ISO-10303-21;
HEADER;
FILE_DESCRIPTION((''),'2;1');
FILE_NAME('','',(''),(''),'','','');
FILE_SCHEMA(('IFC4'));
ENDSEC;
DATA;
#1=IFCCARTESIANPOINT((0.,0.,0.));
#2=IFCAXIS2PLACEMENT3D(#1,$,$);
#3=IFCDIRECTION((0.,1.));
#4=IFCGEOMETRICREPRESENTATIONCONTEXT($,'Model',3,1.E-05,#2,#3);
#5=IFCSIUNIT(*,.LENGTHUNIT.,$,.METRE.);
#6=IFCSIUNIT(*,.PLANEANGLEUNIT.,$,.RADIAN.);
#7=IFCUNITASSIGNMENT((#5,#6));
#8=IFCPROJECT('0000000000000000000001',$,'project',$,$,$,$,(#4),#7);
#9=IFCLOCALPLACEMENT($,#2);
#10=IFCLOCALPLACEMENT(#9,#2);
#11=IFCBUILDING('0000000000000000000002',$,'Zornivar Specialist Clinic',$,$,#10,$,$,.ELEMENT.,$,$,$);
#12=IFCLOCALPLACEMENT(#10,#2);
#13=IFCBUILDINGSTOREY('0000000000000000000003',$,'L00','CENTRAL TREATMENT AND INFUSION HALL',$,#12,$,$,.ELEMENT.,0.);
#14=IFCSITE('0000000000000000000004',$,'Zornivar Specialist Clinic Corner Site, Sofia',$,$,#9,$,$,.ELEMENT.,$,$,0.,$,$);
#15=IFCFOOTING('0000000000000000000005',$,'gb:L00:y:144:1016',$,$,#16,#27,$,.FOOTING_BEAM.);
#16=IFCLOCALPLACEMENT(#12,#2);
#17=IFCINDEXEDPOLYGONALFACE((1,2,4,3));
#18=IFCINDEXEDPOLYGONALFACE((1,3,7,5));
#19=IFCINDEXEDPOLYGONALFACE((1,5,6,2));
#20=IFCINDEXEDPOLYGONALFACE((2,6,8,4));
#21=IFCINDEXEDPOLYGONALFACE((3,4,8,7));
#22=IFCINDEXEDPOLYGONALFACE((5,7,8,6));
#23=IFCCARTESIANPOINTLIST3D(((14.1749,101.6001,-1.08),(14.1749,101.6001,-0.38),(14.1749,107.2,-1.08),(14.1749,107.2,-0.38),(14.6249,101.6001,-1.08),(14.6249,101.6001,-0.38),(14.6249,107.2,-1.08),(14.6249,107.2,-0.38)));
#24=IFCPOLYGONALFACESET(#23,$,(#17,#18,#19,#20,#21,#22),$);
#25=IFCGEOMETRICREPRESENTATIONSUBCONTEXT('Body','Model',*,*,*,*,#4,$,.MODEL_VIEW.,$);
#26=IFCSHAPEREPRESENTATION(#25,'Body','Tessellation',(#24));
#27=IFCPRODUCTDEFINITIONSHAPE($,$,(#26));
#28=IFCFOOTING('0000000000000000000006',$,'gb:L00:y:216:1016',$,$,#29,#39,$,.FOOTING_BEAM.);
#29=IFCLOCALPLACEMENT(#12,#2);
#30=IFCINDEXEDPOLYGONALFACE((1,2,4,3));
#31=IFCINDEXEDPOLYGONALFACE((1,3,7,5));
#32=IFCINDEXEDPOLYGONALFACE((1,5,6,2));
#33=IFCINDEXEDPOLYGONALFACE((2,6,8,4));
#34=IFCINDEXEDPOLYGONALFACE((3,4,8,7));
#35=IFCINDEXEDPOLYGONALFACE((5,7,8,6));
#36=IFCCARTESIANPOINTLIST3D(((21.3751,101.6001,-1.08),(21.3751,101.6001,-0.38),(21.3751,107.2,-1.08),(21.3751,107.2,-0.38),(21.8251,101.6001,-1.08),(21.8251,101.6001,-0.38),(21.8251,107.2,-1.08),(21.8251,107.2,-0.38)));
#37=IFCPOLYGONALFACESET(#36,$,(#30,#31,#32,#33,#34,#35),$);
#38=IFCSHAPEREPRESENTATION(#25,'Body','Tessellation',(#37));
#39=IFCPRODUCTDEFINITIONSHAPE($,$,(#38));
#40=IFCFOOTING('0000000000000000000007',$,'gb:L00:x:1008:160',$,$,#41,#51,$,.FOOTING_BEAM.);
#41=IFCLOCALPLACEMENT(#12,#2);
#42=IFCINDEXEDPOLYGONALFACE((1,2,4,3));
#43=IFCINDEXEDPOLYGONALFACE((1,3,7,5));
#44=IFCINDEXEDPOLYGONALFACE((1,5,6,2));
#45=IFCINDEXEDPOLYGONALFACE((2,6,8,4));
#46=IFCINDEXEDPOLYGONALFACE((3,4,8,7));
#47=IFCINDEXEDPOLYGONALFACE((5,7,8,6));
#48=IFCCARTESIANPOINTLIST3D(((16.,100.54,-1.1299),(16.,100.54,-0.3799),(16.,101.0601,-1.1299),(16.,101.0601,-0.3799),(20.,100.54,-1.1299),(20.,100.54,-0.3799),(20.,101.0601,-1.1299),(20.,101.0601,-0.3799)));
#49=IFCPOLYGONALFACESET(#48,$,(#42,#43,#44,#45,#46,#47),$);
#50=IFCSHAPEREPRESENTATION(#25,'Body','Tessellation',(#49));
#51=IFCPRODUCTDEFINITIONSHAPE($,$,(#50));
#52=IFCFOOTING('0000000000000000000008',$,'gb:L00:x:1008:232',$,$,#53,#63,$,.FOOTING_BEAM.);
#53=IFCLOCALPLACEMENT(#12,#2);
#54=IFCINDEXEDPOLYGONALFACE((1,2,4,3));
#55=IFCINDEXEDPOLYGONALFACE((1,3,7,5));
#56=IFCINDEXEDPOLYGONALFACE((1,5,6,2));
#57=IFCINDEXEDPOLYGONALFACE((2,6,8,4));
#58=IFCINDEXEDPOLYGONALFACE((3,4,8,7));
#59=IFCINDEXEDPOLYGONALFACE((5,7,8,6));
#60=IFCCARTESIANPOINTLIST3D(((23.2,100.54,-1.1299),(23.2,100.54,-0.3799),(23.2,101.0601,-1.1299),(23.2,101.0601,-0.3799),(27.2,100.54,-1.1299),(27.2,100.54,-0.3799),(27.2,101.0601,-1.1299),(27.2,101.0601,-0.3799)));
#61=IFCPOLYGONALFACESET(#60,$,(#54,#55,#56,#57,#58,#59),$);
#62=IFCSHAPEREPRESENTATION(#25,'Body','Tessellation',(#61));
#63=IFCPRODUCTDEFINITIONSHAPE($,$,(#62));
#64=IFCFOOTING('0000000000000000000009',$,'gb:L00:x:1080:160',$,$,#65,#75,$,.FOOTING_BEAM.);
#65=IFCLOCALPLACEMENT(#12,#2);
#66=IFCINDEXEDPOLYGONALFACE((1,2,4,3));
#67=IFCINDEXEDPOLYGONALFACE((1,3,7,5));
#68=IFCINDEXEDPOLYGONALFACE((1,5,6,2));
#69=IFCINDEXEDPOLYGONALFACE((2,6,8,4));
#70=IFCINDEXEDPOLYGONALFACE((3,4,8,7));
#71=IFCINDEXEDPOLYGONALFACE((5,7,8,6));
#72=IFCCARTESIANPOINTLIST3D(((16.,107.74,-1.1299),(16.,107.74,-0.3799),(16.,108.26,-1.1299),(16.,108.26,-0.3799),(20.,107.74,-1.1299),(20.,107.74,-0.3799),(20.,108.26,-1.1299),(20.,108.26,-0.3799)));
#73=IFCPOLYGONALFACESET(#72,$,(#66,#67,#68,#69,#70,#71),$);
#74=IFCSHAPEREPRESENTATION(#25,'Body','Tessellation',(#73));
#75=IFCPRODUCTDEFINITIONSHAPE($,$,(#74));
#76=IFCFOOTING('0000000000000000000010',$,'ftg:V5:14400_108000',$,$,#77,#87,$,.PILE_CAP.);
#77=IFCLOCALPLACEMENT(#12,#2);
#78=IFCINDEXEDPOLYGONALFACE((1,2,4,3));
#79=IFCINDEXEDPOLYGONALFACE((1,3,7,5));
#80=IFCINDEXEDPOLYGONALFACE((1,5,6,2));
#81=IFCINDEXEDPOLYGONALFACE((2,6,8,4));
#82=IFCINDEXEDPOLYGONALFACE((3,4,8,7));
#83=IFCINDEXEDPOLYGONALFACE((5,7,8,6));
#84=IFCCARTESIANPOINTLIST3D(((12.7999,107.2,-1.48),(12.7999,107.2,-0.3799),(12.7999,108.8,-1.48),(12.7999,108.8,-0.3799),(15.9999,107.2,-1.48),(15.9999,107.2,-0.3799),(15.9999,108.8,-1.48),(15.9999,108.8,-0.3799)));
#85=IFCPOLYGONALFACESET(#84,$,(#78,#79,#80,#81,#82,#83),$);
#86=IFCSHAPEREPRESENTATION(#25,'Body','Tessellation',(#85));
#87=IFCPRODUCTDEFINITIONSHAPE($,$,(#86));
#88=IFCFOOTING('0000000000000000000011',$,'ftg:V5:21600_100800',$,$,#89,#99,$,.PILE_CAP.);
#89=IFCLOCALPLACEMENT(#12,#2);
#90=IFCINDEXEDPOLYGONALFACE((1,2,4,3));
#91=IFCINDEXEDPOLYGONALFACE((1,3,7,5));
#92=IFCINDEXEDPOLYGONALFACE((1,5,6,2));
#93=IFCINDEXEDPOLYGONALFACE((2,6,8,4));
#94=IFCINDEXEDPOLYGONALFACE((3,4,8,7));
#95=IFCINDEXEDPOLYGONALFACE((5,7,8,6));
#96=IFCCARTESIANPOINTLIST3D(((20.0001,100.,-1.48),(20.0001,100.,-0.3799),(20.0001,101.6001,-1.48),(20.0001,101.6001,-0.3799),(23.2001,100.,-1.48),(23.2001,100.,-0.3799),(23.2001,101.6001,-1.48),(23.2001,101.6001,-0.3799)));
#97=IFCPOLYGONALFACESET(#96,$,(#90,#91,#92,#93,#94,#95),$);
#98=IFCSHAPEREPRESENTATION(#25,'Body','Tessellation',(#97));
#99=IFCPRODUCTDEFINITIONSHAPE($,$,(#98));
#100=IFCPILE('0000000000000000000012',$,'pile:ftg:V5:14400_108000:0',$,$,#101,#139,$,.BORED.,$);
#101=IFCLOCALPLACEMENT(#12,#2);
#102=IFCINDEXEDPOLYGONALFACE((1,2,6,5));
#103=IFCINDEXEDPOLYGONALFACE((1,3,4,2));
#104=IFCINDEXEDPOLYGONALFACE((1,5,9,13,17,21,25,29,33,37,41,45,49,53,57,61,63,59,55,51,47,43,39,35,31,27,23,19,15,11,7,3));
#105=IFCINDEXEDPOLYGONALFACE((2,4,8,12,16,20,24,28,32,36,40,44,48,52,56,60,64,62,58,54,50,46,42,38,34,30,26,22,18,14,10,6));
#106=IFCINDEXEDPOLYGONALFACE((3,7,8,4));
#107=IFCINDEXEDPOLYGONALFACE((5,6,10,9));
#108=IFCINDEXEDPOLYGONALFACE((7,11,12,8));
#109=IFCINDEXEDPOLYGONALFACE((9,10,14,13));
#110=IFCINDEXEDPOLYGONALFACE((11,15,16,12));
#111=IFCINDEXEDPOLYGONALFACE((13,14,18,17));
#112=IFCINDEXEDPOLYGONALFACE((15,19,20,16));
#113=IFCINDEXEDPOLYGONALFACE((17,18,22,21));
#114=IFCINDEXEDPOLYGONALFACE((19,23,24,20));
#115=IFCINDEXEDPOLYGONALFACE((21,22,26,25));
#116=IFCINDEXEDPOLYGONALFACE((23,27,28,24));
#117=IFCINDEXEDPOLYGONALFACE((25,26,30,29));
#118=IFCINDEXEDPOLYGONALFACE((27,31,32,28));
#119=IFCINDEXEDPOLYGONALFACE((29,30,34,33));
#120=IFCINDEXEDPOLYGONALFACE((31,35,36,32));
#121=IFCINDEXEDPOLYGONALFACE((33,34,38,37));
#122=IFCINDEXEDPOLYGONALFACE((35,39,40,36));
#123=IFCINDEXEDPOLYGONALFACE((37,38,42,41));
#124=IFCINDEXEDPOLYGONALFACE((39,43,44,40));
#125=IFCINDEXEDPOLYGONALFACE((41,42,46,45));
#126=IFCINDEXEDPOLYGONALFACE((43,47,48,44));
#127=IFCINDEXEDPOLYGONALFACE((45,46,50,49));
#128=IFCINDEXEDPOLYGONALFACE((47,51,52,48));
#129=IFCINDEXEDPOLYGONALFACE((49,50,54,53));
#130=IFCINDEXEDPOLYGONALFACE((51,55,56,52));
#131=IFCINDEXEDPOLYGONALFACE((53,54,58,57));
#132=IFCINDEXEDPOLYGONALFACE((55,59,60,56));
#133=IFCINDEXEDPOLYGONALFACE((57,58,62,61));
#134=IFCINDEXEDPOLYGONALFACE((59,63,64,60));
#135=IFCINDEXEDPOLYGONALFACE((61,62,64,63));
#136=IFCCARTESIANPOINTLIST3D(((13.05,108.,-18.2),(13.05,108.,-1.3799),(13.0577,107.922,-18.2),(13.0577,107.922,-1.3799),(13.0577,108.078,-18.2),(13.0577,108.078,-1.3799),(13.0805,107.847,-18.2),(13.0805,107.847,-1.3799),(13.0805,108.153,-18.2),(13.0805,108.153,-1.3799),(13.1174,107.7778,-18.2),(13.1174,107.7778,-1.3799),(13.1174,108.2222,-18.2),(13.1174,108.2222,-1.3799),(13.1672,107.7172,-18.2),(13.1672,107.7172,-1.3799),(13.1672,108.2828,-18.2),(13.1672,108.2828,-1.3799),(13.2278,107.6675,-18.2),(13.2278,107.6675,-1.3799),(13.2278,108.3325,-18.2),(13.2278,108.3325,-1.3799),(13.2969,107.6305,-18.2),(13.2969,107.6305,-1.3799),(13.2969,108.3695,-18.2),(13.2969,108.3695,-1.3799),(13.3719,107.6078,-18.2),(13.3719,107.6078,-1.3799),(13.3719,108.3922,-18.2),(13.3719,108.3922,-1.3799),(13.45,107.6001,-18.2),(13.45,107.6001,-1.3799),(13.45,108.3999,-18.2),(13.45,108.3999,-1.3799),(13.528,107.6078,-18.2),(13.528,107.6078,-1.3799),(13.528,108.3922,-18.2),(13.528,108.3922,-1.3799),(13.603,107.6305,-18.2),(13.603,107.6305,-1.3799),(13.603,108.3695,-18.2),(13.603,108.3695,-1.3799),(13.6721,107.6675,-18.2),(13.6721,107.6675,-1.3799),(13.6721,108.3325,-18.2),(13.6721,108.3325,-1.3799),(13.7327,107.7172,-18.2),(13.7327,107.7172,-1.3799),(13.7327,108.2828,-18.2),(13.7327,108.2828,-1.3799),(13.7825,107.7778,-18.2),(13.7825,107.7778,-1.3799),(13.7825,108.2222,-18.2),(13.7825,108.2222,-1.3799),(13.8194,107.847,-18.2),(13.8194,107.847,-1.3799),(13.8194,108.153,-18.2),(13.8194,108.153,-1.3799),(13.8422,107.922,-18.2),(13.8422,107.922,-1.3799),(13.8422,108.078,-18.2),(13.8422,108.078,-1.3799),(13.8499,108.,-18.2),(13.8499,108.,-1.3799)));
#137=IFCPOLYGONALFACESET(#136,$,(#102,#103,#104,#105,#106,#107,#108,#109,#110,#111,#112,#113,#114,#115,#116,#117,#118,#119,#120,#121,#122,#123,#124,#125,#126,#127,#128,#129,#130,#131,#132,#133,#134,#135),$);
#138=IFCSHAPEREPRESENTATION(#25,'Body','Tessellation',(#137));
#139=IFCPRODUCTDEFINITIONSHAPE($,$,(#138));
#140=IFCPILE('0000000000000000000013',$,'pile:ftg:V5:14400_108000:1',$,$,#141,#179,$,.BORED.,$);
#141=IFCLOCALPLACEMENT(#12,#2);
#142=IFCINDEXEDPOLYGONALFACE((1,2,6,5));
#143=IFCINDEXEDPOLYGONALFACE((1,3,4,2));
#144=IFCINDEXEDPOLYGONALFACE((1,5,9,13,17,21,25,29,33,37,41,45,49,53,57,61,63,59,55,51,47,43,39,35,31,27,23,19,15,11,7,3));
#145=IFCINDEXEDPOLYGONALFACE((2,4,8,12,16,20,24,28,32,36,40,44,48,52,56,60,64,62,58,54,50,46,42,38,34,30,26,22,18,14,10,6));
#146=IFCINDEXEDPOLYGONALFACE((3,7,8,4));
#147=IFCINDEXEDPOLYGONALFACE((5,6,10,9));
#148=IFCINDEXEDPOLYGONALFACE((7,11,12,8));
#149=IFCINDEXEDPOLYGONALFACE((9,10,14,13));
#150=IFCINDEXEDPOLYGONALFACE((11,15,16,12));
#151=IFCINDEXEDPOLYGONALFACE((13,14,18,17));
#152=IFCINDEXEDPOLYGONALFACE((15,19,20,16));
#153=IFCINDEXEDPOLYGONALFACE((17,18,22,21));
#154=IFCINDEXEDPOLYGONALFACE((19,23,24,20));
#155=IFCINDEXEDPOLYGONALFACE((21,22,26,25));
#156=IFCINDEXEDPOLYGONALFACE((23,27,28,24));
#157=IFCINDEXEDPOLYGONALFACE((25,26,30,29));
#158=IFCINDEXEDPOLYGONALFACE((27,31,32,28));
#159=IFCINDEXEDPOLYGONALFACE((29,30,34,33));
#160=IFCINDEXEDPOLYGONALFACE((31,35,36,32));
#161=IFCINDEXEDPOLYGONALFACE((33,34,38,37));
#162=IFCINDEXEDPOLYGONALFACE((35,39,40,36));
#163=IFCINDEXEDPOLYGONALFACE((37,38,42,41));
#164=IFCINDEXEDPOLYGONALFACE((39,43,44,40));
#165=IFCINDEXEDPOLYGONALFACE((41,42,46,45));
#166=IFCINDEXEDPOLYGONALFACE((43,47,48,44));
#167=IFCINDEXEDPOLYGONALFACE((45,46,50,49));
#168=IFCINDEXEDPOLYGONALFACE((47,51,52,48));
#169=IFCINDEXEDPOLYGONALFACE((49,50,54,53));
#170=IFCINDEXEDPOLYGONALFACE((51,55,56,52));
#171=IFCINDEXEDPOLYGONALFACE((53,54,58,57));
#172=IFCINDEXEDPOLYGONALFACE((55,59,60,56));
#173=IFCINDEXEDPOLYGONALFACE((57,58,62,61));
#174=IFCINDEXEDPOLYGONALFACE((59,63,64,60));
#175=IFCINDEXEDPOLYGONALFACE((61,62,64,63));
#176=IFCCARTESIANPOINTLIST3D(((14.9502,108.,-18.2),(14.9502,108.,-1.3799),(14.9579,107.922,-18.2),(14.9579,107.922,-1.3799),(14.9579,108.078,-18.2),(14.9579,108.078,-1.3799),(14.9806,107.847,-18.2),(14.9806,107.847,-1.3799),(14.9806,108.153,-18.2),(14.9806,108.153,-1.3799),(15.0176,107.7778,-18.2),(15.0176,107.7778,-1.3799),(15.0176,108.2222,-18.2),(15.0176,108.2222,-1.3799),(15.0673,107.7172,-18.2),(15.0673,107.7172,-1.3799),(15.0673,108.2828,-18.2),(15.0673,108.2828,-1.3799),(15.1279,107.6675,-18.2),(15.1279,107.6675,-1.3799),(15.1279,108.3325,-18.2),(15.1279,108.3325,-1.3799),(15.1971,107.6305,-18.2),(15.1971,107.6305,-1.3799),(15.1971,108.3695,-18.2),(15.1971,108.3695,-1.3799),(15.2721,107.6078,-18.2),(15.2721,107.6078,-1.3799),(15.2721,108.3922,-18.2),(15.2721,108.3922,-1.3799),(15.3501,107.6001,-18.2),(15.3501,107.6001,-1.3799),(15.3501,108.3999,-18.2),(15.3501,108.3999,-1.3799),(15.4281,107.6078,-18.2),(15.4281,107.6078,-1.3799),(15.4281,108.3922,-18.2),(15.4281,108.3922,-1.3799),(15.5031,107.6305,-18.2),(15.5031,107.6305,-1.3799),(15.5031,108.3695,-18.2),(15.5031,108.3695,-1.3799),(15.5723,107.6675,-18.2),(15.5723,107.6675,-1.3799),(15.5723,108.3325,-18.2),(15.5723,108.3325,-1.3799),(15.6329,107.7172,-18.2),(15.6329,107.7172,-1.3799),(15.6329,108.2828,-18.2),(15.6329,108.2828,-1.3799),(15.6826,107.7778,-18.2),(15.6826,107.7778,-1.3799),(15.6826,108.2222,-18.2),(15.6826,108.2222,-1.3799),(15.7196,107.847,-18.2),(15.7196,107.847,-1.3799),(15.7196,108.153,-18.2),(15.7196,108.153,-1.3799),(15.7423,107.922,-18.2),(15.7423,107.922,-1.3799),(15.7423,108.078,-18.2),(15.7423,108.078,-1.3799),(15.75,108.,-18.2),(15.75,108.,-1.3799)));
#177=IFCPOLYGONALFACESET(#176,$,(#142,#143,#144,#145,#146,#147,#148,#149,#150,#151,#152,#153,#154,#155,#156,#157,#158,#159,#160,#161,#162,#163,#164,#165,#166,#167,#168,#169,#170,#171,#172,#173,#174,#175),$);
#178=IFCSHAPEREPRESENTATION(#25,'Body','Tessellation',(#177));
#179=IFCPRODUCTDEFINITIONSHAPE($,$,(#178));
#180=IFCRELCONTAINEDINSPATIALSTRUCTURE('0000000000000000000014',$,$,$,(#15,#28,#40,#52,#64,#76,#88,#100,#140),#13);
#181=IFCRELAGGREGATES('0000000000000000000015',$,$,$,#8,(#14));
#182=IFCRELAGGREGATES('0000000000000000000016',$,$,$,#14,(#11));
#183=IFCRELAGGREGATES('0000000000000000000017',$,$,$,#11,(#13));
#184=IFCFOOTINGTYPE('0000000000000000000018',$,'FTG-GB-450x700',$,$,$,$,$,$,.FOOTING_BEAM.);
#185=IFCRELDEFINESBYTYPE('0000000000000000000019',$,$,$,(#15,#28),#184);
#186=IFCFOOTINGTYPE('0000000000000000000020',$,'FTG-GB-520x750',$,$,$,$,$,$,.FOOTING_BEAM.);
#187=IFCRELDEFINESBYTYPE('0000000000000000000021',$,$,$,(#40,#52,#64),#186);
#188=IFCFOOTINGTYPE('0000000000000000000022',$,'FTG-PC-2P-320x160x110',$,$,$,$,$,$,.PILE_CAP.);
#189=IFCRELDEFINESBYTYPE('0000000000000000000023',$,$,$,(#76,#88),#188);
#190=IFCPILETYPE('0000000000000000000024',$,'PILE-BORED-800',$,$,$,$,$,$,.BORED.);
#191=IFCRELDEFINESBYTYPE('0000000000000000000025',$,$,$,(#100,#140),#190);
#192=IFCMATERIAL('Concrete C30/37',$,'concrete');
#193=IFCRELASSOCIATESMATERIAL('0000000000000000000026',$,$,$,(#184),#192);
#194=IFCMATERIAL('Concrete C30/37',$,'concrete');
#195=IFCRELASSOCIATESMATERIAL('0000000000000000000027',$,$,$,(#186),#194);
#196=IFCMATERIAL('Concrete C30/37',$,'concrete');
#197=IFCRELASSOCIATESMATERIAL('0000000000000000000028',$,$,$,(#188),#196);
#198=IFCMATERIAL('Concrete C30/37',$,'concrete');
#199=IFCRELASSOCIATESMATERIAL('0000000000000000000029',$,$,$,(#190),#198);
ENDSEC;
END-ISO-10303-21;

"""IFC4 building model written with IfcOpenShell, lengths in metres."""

from ifc_helpers import new_model, si_unit, direction, frame, origin, origin_2d, place, context, subcontext, project, spatial, rectangle, circle, extrude, material, material_profile, profile_set, type_object, element, save


model = new_model("IFC4")

# Units and contexts
model_context = context("Model", 3, precision=1e-05, world=origin(), true_north=direction((0.0, 1.0)))
body_context = subcontext(model_context, "Body", "Model", "MODEL_VIEW")
ifc_project = project(units=[si_unit("LENGTHUNIT", "METRE"), si_unit("PLANEANGLEUNIT", "RADIAN")], contexts=[model_context])

# Site, building, storey
site_placement = place(None, origin())
site = spatial("IfcSite", under=ifc_project, at=site_placement, Name="Zornivar Specialist Clinic Corner Site, Sofia", CompositionType="ELEMENT", RefElevation=0.0)
building_placement = place(site_placement, origin())
building = spatial("IfcBuilding", under=site, at=building_placement, Name="Zornivar Specialist Clinic", CompositionType="ELEMENT")
storey_placement = place(building_placement, origin())
storey = spatial("IfcBuildingStorey", under=building, at=storey_placement, Name="L00", Description="CENTRAL TREATMENT AND INFUSION HALL", CompositionType="ELEMENT", Elevation=0.0)

# Footings
ifc_material_1 = material(Name="Concrete C30/37", Category="concrete")
ifc_material_profile_1 = material_profile(ifc_material_1, rectangle(XDim=0.45, YDim=0.7, at=origin_2d()), Name="RC 450x700")
ifc_profile_set_1 = profile_set([ifc_material_profile_1], Name="Concrete C30/37")
footing_type_1 = type_object("IfcFootingType", Name="FTG-GB-450x700", PredefinedType="FOOTING_BEAM", material=ifc_profile_set_1)
for number, where, z_axis, x_axis, name in (
    (1, (14.3999, 101.6001, -0.73), (0.0, 1.0, 0.0), (-1.0, 0.0, 0.0), "gb:L00:y:144:1016"),
    (2, (21.6001, 101.6001, -0.73), (0.0, 1.0, 0.0), (-1.0, 0.0, 0.0), "gb:L00:y:216:1016"),
):
    element("IfcFooting", number, at=place(storey_placement, frame(where, z_axis=z_axis, x_axis=x_axis)), inside=storey, type_object=footing_type_1, Name=name, PredefinedType="FOOTING_BEAM", context=body_context, shape_type="SweptSolid", body=[
        extrude(rectangle(XDim=0.45, YDim=0.7, at=origin_2d()), origin(), (0.0, 0.0, 1.0), 5.5999),
    ])
ifc_material_2 = material(Name="Concrete C30/37", Category="concrete")
ifc_material_profile_2 = material_profile(ifc_material_2, rectangle(XDim=0.52, YDim=0.75, at=origin_2d()), Name="RC 520x750")
ifc_profile_set_2 = profile_set([ifc_material_profile_2], Name="Concrete C30/37")
footing_type_2 = type_object("IfcFootingType", Name="FTG-GB-520x750", PredefinedType="FOOTING_BEAM", material=ifc_profile_set_2)
for number, where, z_axis, x_axis, name in (
    (3, (16.0, 100.8, -0.7549), (1.0, 0.0, 0.0), (0.0, 1.0, 0.0), "gb:L00:x:1008:160"),
    (4, (23.2, 100.8, -0.7549), (1.0, 0.0, 0.0), (0.0, 1.0, 0.0), "gb:L00:x:1008:232"),
    (5, (16.0, 108.0, -0.7549), (1.0, 0.0, 0.0), (0.0, 1.0, 0.0), "gb:L00:x:1080:160"),
):
    element("IfcFooting", number, at=place(storey_placement, frame(where, z_axis=z_axis, x_axis=x_axis)), inside=storey, type_object=footing_type_2, Name=name, PredefinedType="FOOTING_BEAM", context=body_context, shape_type="SweptSolid", body=[
        extrude(rectangle(XDim=0.52, YDim=0.75, at=origin_2d()), origin(), (0.0, 0.0, 1.0), 4.0),
    ])
ifc_material_3 = material(Name="Concrete C30/37", Category="concrete")
footing_type_3 = type_object("IfcFootingType", Name="FTG-PC-2P-320x160x110", PredefinedType="PILE_CAP", material=ifc_material_3)
for number, where, z_axis, x_axis, name in (
    (6, (14.3999, 108.0, -1.48), (0.0, 0.0, 1.0), (1.0, 0.0, 0.0), "ftg:V5:14400_108000"),
    (7, (21.6001, 100.8, -1.48), (0.0, 0.0, 1.0), (1.0, 0.0, 0.0), "ftg:V5:21600_100800"),
):
    element("IfcFooting", number, at=place(storey_placement, frame(where, z_axis=z_axis, x_axis=x_axis)), inside=storey, type_object=footing_type_3, Name=name, PredefinedType="PILE_CAP", context=body_context, shape_type="SweptSolid", body=[
        extrude(rectangle(XDim=3.2, YDim=1.6001, at=origin_2d()), origin(), (0.0, 0.0, 1.0), 1.1001),
    ])

# Piles
ifc_material_4 = material(Name="Concrete C30/37", Category="concrete")
ifc_material_profile_3 = material_profile(ifc_material_4, circle(Radius=0.3999, at=origin_2d()), Name="PILE D800")
ifc_profile_set_3 = profile_set([ifc_material_profile_3], Name="Concrete C30/37")
pile_type = type_object("IfcPileType", Name="PILE-BORED-800", PredefinedType="BORED", material=ifc_profile_set_3)
for number, where, z_axis, x_axis, name in (
    (8, (13.45, 108.0, -1.3799), (0.0, 0.0, -1.0), (1.0, 0.0, 0.0), "pile:ftg:V5:14400_108000:0"),
    (9, (15.3501, 108.0, -1.3799), (0.0, 0.0, -1.0), (1.0, 0.0, 0.0), "pile:ftg:V5:14400_108000:1"),
):
    element("IfcPile", number, at=place(storey_placement, frame(where, z_axis=z_axis, x_axis=x_axis)), inside=storey, type_object=pile_type, Name=name, PredefinedType="BORED", context=body_context, shape_type="SweptSolid", body=[
        extrude(circle(Radius=0.3999, at=origin_2d()), origin(), (0.0, 0.0, 1.0), 16.8201),
    ])

save(model, "model.ifc")
